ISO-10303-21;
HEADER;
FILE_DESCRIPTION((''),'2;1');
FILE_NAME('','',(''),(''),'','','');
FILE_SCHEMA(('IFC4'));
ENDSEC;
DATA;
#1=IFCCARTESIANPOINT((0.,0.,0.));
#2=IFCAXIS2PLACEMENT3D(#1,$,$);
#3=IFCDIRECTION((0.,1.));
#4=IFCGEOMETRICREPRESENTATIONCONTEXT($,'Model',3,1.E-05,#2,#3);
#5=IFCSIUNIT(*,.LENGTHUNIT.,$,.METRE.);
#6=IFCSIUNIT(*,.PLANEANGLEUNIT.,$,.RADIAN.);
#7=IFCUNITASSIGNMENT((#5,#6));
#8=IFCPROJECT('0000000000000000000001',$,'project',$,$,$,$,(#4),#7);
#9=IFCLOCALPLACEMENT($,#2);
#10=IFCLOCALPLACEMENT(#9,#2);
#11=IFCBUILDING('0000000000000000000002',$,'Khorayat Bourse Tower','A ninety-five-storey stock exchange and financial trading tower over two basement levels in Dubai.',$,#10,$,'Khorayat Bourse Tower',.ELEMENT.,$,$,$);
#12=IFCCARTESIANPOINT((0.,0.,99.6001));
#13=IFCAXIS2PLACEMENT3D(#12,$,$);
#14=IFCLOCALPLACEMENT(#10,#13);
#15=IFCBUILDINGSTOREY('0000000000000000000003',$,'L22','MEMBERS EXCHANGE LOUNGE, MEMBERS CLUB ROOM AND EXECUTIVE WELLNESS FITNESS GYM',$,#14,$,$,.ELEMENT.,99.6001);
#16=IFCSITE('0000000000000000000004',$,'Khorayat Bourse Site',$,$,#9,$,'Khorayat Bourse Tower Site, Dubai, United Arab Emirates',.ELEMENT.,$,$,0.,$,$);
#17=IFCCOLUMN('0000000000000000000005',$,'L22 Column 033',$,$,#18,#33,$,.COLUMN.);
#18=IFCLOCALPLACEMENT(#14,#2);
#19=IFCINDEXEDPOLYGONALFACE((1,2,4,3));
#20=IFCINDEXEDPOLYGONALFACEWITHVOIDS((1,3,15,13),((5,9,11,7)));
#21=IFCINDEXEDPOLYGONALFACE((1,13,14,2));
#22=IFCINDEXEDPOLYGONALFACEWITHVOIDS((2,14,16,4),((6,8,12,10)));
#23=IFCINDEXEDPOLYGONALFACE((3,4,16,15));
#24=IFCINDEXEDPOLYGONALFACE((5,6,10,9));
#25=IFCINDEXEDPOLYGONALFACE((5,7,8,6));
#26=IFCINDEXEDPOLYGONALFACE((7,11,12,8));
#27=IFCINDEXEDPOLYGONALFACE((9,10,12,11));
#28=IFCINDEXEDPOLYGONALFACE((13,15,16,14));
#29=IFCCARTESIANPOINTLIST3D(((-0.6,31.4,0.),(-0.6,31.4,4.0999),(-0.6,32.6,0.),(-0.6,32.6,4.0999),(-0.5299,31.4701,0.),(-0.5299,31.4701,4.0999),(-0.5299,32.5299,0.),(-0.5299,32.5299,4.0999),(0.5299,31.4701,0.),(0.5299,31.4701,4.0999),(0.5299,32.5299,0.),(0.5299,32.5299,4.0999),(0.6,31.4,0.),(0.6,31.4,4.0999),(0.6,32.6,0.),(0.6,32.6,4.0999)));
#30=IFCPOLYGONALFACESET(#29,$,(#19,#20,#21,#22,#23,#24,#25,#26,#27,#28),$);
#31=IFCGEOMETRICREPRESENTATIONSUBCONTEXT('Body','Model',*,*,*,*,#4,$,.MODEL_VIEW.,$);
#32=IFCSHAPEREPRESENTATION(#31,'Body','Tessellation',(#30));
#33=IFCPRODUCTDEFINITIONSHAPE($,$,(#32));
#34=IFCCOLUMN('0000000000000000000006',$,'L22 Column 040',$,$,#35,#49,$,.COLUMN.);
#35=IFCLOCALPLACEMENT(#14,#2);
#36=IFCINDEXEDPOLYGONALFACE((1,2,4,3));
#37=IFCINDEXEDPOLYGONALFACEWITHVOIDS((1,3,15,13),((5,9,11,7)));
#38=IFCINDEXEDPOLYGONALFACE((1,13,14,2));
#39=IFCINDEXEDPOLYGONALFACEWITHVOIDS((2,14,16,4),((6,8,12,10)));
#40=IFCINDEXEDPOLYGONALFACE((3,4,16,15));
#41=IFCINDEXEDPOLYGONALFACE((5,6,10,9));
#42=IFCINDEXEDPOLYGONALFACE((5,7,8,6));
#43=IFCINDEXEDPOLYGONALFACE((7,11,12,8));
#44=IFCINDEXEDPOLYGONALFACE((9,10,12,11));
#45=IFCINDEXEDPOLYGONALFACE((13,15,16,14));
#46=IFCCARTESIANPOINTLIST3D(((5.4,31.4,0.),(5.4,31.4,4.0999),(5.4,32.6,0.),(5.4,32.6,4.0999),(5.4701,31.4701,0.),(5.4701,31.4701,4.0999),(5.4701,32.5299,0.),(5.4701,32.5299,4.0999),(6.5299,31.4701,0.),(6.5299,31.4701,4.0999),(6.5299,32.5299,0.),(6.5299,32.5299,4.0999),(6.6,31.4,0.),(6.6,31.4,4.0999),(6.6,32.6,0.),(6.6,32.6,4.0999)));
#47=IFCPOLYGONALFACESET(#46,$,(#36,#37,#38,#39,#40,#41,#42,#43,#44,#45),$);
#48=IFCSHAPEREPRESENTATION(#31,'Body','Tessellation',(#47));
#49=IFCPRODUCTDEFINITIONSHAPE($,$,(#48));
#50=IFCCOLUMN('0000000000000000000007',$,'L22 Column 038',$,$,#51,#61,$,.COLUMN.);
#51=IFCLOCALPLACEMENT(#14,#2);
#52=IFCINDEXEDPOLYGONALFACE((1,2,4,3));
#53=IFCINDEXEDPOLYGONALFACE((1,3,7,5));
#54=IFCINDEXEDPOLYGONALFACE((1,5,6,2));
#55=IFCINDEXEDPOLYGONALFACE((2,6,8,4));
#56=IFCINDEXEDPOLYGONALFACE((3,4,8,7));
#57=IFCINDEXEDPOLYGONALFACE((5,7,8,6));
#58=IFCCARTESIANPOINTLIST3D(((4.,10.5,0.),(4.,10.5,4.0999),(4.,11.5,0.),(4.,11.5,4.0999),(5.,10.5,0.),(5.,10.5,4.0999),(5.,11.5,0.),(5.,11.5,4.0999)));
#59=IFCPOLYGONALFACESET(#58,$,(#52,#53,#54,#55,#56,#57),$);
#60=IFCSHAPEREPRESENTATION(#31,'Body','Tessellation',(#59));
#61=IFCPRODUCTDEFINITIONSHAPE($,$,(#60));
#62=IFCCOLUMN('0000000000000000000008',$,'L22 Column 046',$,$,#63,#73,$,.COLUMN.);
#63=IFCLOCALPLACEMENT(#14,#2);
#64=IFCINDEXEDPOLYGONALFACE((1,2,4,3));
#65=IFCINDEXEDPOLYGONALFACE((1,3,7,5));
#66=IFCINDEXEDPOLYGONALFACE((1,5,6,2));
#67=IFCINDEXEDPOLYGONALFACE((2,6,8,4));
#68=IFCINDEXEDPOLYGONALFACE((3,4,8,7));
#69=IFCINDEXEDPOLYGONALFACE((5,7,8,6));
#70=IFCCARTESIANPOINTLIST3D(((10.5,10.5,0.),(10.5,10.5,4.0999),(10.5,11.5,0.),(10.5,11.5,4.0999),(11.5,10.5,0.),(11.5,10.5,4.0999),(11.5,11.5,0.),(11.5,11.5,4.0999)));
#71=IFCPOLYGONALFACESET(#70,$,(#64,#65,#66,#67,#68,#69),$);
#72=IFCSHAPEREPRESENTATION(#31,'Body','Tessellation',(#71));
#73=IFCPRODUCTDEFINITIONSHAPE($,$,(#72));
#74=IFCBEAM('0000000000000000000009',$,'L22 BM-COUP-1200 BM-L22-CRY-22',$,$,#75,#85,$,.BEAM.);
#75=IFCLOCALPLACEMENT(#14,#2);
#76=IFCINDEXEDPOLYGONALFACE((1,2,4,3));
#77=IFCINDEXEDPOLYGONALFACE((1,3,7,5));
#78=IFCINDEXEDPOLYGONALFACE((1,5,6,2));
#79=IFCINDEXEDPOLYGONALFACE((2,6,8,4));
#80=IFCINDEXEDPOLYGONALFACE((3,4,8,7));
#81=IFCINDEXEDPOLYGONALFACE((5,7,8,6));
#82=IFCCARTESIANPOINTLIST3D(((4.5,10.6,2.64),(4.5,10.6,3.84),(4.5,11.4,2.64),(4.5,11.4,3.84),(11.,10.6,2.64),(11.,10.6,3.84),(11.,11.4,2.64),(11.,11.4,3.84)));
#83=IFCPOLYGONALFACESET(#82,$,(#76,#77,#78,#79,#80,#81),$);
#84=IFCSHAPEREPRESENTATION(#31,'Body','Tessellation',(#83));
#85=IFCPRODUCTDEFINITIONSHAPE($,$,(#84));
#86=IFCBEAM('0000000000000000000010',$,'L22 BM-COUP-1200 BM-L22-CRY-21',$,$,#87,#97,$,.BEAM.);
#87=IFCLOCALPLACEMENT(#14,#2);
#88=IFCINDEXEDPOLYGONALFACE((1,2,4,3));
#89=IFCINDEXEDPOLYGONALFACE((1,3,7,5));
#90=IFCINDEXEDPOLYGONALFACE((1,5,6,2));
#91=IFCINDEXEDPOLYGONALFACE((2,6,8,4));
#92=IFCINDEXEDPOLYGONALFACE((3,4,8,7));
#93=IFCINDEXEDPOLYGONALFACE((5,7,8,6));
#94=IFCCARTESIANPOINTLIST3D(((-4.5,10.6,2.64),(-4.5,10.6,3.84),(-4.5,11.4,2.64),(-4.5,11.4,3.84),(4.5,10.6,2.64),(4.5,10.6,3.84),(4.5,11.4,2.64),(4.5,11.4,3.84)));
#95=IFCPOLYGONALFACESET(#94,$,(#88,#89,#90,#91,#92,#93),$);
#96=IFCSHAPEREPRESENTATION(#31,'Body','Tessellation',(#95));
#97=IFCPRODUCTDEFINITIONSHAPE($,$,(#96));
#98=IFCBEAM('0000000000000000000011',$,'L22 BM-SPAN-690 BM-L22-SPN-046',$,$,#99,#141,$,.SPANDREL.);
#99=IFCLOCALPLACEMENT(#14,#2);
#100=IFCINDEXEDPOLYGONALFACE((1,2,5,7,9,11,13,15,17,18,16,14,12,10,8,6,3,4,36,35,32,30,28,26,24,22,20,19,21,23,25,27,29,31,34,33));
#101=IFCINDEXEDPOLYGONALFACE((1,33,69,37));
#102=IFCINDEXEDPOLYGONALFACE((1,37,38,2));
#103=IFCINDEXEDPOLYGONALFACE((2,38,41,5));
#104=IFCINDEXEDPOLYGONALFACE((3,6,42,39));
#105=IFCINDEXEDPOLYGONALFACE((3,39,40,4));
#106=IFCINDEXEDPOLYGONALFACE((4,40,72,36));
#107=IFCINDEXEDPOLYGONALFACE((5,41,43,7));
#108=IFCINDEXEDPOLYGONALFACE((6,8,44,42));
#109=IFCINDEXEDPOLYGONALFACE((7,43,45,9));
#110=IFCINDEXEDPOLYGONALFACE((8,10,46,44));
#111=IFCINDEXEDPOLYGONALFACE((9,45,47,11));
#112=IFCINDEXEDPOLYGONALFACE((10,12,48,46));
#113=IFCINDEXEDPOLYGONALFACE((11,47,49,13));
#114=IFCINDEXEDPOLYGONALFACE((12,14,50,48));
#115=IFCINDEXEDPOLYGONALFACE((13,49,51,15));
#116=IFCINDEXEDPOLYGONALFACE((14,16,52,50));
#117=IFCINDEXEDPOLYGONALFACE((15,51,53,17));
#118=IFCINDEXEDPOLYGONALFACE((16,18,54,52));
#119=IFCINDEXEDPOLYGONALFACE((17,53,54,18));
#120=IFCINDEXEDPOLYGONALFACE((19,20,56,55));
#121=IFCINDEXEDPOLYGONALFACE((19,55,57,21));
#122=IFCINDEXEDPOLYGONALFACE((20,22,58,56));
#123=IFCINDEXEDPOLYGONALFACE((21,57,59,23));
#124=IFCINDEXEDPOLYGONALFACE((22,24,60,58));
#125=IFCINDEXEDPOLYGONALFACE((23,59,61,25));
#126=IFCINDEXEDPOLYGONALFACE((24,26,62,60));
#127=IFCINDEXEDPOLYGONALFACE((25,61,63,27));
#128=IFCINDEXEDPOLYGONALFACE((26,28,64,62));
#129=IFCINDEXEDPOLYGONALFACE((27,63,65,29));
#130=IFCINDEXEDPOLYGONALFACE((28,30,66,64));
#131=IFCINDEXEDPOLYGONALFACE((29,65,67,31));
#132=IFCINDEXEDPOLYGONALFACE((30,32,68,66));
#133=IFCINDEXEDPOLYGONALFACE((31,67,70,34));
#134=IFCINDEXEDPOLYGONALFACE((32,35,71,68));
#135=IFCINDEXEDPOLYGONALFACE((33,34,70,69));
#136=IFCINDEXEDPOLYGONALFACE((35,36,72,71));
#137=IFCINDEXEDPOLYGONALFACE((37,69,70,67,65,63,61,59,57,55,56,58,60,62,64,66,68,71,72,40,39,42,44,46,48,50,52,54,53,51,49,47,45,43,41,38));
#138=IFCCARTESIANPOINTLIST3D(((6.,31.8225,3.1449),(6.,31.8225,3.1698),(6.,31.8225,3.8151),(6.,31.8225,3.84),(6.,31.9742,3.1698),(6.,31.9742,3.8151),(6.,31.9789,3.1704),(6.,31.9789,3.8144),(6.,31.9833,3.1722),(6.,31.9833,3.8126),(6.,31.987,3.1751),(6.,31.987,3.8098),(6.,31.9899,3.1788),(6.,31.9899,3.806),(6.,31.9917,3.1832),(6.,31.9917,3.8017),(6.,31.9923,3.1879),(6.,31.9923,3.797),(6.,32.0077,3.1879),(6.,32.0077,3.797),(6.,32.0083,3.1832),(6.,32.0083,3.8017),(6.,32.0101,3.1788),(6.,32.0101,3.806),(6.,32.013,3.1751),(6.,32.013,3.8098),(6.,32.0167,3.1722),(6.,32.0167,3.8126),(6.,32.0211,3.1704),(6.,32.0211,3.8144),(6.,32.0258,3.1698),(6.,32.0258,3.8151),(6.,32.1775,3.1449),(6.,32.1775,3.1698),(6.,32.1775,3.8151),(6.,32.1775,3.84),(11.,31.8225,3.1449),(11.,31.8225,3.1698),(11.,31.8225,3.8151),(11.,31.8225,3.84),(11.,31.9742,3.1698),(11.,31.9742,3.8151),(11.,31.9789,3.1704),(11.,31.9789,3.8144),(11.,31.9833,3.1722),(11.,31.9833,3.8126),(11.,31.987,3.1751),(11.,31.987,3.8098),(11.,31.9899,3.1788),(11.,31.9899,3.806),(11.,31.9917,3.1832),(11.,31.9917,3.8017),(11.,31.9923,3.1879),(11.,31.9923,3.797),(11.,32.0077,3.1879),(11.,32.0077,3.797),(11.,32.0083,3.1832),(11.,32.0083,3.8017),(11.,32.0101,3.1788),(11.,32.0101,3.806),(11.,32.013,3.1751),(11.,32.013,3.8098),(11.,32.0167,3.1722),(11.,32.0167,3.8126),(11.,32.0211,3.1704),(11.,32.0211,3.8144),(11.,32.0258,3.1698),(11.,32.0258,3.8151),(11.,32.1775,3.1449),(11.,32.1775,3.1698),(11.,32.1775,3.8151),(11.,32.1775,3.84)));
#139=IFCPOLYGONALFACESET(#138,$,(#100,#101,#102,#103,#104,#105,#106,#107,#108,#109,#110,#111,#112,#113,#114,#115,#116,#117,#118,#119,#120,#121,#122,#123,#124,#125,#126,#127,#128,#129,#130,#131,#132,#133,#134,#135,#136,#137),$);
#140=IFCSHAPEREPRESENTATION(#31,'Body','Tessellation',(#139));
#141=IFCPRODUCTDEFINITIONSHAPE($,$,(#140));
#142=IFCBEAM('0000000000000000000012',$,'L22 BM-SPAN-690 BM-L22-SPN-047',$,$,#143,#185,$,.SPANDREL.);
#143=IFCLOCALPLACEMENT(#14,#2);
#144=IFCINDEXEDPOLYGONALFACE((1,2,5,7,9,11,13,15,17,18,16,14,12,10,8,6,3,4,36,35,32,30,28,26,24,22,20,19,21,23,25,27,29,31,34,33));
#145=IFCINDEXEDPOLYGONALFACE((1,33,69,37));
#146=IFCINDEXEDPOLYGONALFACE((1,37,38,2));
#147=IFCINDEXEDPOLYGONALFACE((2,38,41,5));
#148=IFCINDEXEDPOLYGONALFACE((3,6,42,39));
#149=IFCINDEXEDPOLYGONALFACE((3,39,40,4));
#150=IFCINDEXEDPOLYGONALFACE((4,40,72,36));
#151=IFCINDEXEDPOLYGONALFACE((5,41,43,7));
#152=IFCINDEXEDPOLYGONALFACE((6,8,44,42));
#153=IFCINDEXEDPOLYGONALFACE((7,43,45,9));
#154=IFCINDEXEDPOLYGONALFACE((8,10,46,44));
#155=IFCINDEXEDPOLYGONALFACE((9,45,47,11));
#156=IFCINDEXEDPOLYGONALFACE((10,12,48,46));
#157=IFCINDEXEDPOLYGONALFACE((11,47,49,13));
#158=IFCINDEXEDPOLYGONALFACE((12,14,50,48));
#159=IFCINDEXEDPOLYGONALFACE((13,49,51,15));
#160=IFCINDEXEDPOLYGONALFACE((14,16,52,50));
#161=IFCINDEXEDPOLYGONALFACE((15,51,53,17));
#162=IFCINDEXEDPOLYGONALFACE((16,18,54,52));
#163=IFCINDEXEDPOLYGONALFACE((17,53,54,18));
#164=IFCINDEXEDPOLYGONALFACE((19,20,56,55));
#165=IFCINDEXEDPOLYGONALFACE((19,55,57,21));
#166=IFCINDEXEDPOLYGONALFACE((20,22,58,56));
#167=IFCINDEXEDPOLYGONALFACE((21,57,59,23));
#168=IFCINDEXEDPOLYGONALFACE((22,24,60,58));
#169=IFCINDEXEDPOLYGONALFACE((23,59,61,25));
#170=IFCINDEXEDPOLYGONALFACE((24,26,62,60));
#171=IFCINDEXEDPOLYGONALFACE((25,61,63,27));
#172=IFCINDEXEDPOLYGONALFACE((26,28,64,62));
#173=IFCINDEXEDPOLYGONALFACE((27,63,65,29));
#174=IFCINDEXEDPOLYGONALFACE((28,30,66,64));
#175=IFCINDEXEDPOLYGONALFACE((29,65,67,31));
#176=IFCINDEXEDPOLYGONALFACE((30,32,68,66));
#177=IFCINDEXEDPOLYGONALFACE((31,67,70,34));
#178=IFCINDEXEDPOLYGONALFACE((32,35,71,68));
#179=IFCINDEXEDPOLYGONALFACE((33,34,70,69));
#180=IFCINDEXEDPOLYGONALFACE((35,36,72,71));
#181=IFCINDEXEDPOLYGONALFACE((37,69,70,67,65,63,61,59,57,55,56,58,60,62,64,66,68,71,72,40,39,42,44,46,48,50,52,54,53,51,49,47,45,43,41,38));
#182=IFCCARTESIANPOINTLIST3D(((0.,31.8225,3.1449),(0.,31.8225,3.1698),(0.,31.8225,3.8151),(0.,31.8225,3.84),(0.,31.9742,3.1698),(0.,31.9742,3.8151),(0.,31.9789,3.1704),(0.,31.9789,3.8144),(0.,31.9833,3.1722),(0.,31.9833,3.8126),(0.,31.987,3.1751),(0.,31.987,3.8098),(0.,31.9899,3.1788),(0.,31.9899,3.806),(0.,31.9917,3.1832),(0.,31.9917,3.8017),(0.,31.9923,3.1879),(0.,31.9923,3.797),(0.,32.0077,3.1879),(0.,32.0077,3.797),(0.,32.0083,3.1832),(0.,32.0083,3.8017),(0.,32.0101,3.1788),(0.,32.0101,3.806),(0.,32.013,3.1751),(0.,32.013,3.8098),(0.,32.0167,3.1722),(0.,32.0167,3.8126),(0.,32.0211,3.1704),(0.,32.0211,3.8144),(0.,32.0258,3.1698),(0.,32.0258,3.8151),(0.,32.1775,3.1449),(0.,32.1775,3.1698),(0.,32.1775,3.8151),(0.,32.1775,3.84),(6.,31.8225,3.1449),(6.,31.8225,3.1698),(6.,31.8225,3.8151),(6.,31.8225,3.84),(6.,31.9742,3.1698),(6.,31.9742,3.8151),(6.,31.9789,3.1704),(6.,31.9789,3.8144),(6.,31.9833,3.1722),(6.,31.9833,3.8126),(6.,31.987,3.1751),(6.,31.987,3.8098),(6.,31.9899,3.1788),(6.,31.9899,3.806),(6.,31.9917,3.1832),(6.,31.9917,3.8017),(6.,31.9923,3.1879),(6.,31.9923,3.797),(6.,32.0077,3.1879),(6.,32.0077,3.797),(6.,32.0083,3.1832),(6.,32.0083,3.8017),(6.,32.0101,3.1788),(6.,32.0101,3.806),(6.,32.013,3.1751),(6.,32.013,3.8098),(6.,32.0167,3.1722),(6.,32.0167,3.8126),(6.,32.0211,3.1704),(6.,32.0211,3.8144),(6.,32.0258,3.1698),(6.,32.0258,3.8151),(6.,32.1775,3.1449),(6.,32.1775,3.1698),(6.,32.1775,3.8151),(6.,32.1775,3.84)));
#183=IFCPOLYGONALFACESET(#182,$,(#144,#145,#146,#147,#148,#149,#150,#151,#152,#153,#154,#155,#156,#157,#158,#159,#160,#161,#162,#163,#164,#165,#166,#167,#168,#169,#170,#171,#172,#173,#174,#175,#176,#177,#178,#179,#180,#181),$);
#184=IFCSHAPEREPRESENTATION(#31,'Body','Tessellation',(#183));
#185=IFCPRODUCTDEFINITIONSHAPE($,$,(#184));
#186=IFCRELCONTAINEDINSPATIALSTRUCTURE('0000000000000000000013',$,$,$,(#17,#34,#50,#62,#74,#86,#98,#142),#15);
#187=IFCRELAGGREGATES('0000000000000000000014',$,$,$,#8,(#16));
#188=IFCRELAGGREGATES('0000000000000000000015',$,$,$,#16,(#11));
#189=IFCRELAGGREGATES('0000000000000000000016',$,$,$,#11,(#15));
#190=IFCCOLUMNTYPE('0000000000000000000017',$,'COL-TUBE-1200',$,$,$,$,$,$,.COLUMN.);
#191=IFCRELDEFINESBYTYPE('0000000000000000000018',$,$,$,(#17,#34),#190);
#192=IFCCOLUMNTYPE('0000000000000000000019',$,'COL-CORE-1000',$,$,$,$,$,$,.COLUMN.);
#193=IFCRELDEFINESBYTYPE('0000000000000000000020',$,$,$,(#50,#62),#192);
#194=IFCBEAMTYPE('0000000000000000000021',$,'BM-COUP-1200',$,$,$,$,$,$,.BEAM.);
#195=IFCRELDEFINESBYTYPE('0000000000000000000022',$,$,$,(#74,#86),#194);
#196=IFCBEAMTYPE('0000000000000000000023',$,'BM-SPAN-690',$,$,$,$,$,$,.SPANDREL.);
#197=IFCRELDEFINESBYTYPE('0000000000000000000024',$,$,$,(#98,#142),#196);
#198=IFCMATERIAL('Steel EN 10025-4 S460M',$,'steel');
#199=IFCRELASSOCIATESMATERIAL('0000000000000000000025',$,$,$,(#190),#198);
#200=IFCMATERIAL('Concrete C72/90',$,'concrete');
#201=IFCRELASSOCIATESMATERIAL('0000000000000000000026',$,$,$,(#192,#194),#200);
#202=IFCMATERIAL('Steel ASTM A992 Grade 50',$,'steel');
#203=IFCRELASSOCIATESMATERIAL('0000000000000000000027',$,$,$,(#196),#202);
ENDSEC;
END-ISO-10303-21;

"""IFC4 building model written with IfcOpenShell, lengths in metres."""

from ifc_helpers import new_model, si_unit, direction, frame, origin, origin_2d, place, context, subcontext, project, spatial, rectangle, hollow_rectangle, i_section, extrude, source, transform, mapped, material, material_profile, profile_set, type_object, element, save


model = new_model("IFC4")

# Units and contexts
model_context = context("Model", 3, precision=1e-05, world=origin(), true_north=direction((0.0, 1.0)))
body_context = subcontext(model_context, "Body", "Model", "MODEL_VIEW")
ifc_project = project(units=[si_unit("LENGTHUNIT", "METRE"), si_unit("PLANEANGLEUNIT", "RADIAN")], contexts=[model_context])

# Site, building, storey
site_placement = place(None, origin())
site = spatial("IfcSite", under=ifc_project, at=site_placement, Name="Khorayat Bourse Site", LongName="Khorayat Bourse Tower Site, Dubai, United Arab Emirates", CompositionType="ELEMENT", RefElevation=0.0)
building_placement = place(site_placement, origin())
building = spatial("IfcBuilding", under=site, at=building_placement, Name="Khorayat Bourse Tower", Description="A ninety-five-storey stock exchange and financial trading tower over two basement levels in Dubai.", LongName="Khorayat Bourse Tower", CompositionType="ELEMENT")
storey_placement = place(building_placement, frame((0.0, 0.0, 99.6001)))
storey = spatial("IfcBuildingStorey", under=building, at=storey_placement, Name="L22", Description="MEMBERS EXCHANGE LOUNGE, MEMBERS CLUB ROOM AND EXECUTIVE WELLNESS FITNESS GYM", CompositionType="ELEMENT", Elevation=99.6001)

# Columns
ifc_material_1 = material(Name="Steel EN 10025-4 S460M", Category="steel")
ifc_material_profile_1 = material_profile(ifc_material_1, hollow_rectangle(XDim=1.2, YDim=1.2, WallThickness=0.0701, at=origin_2d()), Name="BOX 1200x1200x70")
ifc_profile_set_1 = profile_set([ifc_material_profile_1], Name="Steel EN 10025-4 S460M")
column_type_1 = type_object("IfcColumnType", Name="COL-TUBE-1200", PredefinedType="COLUMN", material=ifc_profile_set_1)
shared_shape_1 = source(origin(), body_context, "Body", "SweptSolid", [
    extrude(hollow_rectangle(XDim=1.2, YDim=1.2, WallThickness=0.0701, at=origin_2d()), origin(), (0.0, 0.0, 1.0), 4.0999),
])
for number, where, z_axis, x_axis, name in (
    (1, (0.0, 32.0, 0.0), (0.0, 0.0, 1.0), (1.0, 0.0, 0.0), "L22 Column 033"),
    (2, (6.0, 32.0, 0.0), (0.0, 0.0, 1.0), (1.0, 0.0, 0.0), "L22 Column 040"),
):
    element("IfcColumn", number, at=place(storey_placement, frame(where, z_axis=z_axis, x_axis=x_axis)), inside=storey, type_object=column_type_1, Name=name, PredefinedType="COLUMN", context=body_context, shape_type="MappedRepresentation", body=[
        mapped(shared_shape_1, transform((0.0, 0.0, 0.0), scale=1.0)),
    ])
ifc_material_2 = material(Name="Concrete C72/90", Category="concrete")
ifc_material_profile_2 = material_profile(ifc_material_2, rectangle(XDim=1.0, YDim=1.0, at=origin_2d()), Name="RC 1000x1000")
ifc_profile_set_2 = profile_set([ifc_material_profile_2], Name="Concrete C72/90")
column_type_2 = type_object("IfcColumnType", Name="COL-CORE-1000", PredefinedType="COLUMN", material=ifc_profile_set_2)
shared_shape_2 = source(origin(), body_context, "Body", "SweptSolid", [
    extrude(rectangle(XDim=1.0, YDim=1.0, at=origin_2d()), origin(), (0.0, 0.0, 1.0), 4.0999),
])
for number, where, z_axis, x_axis, name in (
    (3, (4.5, 11.0, 0.0), (0.0, 0.0, 1.0), (1.0, 0.0, 0.0), "L22 Column 038"),
    (4, (11.0, 11.0, 0.0), (0.0, 0.0, 1.0), (1.0, 0.0, 0.0), "L22 Column 046"),
):
    element("IfcColumn", number, at=place(storey_placement, frame(where, z_axis=z_axis, x_axis=x_axis)), inside=storey, type_object=column_type_2, Name=name, PredefinedType="COLUMN", context=body_context, shape_type="MappedRepresentation", body=[
        mapped(shared_shape_2, transform((0.0, 0.0, 0.0), scale=1.0)),
    ])

# Beams
ifc_material_profile_3 = material_profile(ifc_material_2, rectangle(XDim=0.8, YDim=1.2, at=origin_2d()), Name="RC 800x1200")
ifc_profile_set_3 = profile_set([ifc_material_profile_3], Name="Concrete C72/90")
beam_type_1 = type_object("IfcBeamType", Name="BM-COUP-1200", PredefinedType="BEAM", material=ifc_profile_set_3)
shared_shape_3 = source(origin(), body_context, "Body", "SweptSolid", [
    extrude(rectangle(XDim=0.8, YDim=1.2, at=origin_2d()), origin(), (0.0, 0.0, 1.0), 6.5),
])
beam_1_placement = place(storey_placement, frame((4.5, 11.0, 3.24), z_axis=(1.0, 0.0, 0.0), x_axis=(0.0, 1.0, 0.0)))
element("IfcBeam", 5, at=beam_1_placement, inside=storey, type_object=beam_type_1, Name="L22 BM-COUP-1200 BM-L22-CRY-22", PredefinedType="BEAM", context=body_context, shape_type="MappedRepresentation", body=[
    mapped(shared_shape_3, transform((0.0, 0.0, 0.0), scale=1.0)),
])
shared_shape_4 = source(origin(), body_context, "Body", "SweptSolid", [
    extrude(rectangle(XDim=0.8, YDim=1.2, at=origin_2d()), origin(), (0.0, 0.0, 1.0), 9.0),
])
beam_2_placement = place(storey_placement, frame((-4.5, 11.0, 3.24), z_axis=(1.0, 0.0, 0.0), x_axis=(0.0, 1.0, 0.0)))
element("IfcBeam", 6, at=beam_2_placement, inside=storey, type_object=beam_type_1, Name="L22 BM-COUP-1200 BM-L22-CRY-21", PredefinedType="BEAM", context=body_context, shape_type="MappedRepresentation", body=[
    mapped(shared_shape_4, transform((0.0, 0.0, 0.0), scale=1.0)),
])
ifc_material_3 = material(Name="Steel ASTM A992 Grade 50", Category="steel")
ifc_material_profile_4 = material_profile(ifc_material_3, i_section(OverallWidth=0.355, OverallDepth=0.6951, WebThickness=0.0154, FlangeThickness=0.0249, FilletRadius=0.0181, at=origin_2d()), Name="W690X217")
ifc_profile_set_4 = profile_set([ifc_material_profile_4], Name="Steel ASTM A992 Grade 50")
beam_type_2 = type_object("IfcBeamType", Name="BM-SPAN-690", PredefinedType="SPANDREL", material=ifc_profile_set_4)
shared_shape_5 = source(origin(), body_context, "Body", "SweptSolid", [
    extrude(i_section(OverallWidth=0.355, OverallDepth=0.6951, WebThickness=0.0154, FlangeThickness=0.0249, FilletRadius=0.0181, at=origin_2d()), origin(), (0.0, 0.0, 1.0), 5.0),
])
beam_3_placement = place(storey_placement, frame((6.0, 32.0, 3.4924), z_axis=(1.0, 0.0, 0.0), x_axis=(0.0, 1.0, 0.0)))
element("IfcBeam", 7, at=beam_3_placement, inside=storey, type_object=beam_type_2, Name="L22 BM-SPAN-690 BM-L22-SPN-046", PredefinedType="SPANDREL", context=body_context, shape_type="MappedRepresentation", body=[
    mapped(shared_shape_5, transform((0.0, 0.0, 0.0), scale=1.0)),
])
shared_shape_6 = source(origin(), body_context, "Body", "SweptSolid", [
    extrude(i_section(OverallWidth=0.355, OverallDepth=0.6951, WebThickness=0.0154, FlangeThickness=0.0249, FilletRadius=0.0181, at=origin_2d()), origin(), (0.0, 0.0, 1.0), 6.0),
])
beam_4_placement = place(storey_placement, frame((0.0, 32.0, 3.4924), z_axis=(1.0, 0.0, 0.0), x_axis=(0.0, 1.0, 0.0)))
element("IfcBeam", 8, at=beam_4_placement, inside=storey, type_object=beam_type_2, Name="L22 BM-SPAN-690 BM-L22-SPN-047", PredefinedType="SPANDREL", context=body_context, shape_type="MappedRepresentation", body=[
    mapped(shared_shape_6, transform((0.0, 0.0, 0.0), scale=1.0)),
])

save(model, "model.ifc")
